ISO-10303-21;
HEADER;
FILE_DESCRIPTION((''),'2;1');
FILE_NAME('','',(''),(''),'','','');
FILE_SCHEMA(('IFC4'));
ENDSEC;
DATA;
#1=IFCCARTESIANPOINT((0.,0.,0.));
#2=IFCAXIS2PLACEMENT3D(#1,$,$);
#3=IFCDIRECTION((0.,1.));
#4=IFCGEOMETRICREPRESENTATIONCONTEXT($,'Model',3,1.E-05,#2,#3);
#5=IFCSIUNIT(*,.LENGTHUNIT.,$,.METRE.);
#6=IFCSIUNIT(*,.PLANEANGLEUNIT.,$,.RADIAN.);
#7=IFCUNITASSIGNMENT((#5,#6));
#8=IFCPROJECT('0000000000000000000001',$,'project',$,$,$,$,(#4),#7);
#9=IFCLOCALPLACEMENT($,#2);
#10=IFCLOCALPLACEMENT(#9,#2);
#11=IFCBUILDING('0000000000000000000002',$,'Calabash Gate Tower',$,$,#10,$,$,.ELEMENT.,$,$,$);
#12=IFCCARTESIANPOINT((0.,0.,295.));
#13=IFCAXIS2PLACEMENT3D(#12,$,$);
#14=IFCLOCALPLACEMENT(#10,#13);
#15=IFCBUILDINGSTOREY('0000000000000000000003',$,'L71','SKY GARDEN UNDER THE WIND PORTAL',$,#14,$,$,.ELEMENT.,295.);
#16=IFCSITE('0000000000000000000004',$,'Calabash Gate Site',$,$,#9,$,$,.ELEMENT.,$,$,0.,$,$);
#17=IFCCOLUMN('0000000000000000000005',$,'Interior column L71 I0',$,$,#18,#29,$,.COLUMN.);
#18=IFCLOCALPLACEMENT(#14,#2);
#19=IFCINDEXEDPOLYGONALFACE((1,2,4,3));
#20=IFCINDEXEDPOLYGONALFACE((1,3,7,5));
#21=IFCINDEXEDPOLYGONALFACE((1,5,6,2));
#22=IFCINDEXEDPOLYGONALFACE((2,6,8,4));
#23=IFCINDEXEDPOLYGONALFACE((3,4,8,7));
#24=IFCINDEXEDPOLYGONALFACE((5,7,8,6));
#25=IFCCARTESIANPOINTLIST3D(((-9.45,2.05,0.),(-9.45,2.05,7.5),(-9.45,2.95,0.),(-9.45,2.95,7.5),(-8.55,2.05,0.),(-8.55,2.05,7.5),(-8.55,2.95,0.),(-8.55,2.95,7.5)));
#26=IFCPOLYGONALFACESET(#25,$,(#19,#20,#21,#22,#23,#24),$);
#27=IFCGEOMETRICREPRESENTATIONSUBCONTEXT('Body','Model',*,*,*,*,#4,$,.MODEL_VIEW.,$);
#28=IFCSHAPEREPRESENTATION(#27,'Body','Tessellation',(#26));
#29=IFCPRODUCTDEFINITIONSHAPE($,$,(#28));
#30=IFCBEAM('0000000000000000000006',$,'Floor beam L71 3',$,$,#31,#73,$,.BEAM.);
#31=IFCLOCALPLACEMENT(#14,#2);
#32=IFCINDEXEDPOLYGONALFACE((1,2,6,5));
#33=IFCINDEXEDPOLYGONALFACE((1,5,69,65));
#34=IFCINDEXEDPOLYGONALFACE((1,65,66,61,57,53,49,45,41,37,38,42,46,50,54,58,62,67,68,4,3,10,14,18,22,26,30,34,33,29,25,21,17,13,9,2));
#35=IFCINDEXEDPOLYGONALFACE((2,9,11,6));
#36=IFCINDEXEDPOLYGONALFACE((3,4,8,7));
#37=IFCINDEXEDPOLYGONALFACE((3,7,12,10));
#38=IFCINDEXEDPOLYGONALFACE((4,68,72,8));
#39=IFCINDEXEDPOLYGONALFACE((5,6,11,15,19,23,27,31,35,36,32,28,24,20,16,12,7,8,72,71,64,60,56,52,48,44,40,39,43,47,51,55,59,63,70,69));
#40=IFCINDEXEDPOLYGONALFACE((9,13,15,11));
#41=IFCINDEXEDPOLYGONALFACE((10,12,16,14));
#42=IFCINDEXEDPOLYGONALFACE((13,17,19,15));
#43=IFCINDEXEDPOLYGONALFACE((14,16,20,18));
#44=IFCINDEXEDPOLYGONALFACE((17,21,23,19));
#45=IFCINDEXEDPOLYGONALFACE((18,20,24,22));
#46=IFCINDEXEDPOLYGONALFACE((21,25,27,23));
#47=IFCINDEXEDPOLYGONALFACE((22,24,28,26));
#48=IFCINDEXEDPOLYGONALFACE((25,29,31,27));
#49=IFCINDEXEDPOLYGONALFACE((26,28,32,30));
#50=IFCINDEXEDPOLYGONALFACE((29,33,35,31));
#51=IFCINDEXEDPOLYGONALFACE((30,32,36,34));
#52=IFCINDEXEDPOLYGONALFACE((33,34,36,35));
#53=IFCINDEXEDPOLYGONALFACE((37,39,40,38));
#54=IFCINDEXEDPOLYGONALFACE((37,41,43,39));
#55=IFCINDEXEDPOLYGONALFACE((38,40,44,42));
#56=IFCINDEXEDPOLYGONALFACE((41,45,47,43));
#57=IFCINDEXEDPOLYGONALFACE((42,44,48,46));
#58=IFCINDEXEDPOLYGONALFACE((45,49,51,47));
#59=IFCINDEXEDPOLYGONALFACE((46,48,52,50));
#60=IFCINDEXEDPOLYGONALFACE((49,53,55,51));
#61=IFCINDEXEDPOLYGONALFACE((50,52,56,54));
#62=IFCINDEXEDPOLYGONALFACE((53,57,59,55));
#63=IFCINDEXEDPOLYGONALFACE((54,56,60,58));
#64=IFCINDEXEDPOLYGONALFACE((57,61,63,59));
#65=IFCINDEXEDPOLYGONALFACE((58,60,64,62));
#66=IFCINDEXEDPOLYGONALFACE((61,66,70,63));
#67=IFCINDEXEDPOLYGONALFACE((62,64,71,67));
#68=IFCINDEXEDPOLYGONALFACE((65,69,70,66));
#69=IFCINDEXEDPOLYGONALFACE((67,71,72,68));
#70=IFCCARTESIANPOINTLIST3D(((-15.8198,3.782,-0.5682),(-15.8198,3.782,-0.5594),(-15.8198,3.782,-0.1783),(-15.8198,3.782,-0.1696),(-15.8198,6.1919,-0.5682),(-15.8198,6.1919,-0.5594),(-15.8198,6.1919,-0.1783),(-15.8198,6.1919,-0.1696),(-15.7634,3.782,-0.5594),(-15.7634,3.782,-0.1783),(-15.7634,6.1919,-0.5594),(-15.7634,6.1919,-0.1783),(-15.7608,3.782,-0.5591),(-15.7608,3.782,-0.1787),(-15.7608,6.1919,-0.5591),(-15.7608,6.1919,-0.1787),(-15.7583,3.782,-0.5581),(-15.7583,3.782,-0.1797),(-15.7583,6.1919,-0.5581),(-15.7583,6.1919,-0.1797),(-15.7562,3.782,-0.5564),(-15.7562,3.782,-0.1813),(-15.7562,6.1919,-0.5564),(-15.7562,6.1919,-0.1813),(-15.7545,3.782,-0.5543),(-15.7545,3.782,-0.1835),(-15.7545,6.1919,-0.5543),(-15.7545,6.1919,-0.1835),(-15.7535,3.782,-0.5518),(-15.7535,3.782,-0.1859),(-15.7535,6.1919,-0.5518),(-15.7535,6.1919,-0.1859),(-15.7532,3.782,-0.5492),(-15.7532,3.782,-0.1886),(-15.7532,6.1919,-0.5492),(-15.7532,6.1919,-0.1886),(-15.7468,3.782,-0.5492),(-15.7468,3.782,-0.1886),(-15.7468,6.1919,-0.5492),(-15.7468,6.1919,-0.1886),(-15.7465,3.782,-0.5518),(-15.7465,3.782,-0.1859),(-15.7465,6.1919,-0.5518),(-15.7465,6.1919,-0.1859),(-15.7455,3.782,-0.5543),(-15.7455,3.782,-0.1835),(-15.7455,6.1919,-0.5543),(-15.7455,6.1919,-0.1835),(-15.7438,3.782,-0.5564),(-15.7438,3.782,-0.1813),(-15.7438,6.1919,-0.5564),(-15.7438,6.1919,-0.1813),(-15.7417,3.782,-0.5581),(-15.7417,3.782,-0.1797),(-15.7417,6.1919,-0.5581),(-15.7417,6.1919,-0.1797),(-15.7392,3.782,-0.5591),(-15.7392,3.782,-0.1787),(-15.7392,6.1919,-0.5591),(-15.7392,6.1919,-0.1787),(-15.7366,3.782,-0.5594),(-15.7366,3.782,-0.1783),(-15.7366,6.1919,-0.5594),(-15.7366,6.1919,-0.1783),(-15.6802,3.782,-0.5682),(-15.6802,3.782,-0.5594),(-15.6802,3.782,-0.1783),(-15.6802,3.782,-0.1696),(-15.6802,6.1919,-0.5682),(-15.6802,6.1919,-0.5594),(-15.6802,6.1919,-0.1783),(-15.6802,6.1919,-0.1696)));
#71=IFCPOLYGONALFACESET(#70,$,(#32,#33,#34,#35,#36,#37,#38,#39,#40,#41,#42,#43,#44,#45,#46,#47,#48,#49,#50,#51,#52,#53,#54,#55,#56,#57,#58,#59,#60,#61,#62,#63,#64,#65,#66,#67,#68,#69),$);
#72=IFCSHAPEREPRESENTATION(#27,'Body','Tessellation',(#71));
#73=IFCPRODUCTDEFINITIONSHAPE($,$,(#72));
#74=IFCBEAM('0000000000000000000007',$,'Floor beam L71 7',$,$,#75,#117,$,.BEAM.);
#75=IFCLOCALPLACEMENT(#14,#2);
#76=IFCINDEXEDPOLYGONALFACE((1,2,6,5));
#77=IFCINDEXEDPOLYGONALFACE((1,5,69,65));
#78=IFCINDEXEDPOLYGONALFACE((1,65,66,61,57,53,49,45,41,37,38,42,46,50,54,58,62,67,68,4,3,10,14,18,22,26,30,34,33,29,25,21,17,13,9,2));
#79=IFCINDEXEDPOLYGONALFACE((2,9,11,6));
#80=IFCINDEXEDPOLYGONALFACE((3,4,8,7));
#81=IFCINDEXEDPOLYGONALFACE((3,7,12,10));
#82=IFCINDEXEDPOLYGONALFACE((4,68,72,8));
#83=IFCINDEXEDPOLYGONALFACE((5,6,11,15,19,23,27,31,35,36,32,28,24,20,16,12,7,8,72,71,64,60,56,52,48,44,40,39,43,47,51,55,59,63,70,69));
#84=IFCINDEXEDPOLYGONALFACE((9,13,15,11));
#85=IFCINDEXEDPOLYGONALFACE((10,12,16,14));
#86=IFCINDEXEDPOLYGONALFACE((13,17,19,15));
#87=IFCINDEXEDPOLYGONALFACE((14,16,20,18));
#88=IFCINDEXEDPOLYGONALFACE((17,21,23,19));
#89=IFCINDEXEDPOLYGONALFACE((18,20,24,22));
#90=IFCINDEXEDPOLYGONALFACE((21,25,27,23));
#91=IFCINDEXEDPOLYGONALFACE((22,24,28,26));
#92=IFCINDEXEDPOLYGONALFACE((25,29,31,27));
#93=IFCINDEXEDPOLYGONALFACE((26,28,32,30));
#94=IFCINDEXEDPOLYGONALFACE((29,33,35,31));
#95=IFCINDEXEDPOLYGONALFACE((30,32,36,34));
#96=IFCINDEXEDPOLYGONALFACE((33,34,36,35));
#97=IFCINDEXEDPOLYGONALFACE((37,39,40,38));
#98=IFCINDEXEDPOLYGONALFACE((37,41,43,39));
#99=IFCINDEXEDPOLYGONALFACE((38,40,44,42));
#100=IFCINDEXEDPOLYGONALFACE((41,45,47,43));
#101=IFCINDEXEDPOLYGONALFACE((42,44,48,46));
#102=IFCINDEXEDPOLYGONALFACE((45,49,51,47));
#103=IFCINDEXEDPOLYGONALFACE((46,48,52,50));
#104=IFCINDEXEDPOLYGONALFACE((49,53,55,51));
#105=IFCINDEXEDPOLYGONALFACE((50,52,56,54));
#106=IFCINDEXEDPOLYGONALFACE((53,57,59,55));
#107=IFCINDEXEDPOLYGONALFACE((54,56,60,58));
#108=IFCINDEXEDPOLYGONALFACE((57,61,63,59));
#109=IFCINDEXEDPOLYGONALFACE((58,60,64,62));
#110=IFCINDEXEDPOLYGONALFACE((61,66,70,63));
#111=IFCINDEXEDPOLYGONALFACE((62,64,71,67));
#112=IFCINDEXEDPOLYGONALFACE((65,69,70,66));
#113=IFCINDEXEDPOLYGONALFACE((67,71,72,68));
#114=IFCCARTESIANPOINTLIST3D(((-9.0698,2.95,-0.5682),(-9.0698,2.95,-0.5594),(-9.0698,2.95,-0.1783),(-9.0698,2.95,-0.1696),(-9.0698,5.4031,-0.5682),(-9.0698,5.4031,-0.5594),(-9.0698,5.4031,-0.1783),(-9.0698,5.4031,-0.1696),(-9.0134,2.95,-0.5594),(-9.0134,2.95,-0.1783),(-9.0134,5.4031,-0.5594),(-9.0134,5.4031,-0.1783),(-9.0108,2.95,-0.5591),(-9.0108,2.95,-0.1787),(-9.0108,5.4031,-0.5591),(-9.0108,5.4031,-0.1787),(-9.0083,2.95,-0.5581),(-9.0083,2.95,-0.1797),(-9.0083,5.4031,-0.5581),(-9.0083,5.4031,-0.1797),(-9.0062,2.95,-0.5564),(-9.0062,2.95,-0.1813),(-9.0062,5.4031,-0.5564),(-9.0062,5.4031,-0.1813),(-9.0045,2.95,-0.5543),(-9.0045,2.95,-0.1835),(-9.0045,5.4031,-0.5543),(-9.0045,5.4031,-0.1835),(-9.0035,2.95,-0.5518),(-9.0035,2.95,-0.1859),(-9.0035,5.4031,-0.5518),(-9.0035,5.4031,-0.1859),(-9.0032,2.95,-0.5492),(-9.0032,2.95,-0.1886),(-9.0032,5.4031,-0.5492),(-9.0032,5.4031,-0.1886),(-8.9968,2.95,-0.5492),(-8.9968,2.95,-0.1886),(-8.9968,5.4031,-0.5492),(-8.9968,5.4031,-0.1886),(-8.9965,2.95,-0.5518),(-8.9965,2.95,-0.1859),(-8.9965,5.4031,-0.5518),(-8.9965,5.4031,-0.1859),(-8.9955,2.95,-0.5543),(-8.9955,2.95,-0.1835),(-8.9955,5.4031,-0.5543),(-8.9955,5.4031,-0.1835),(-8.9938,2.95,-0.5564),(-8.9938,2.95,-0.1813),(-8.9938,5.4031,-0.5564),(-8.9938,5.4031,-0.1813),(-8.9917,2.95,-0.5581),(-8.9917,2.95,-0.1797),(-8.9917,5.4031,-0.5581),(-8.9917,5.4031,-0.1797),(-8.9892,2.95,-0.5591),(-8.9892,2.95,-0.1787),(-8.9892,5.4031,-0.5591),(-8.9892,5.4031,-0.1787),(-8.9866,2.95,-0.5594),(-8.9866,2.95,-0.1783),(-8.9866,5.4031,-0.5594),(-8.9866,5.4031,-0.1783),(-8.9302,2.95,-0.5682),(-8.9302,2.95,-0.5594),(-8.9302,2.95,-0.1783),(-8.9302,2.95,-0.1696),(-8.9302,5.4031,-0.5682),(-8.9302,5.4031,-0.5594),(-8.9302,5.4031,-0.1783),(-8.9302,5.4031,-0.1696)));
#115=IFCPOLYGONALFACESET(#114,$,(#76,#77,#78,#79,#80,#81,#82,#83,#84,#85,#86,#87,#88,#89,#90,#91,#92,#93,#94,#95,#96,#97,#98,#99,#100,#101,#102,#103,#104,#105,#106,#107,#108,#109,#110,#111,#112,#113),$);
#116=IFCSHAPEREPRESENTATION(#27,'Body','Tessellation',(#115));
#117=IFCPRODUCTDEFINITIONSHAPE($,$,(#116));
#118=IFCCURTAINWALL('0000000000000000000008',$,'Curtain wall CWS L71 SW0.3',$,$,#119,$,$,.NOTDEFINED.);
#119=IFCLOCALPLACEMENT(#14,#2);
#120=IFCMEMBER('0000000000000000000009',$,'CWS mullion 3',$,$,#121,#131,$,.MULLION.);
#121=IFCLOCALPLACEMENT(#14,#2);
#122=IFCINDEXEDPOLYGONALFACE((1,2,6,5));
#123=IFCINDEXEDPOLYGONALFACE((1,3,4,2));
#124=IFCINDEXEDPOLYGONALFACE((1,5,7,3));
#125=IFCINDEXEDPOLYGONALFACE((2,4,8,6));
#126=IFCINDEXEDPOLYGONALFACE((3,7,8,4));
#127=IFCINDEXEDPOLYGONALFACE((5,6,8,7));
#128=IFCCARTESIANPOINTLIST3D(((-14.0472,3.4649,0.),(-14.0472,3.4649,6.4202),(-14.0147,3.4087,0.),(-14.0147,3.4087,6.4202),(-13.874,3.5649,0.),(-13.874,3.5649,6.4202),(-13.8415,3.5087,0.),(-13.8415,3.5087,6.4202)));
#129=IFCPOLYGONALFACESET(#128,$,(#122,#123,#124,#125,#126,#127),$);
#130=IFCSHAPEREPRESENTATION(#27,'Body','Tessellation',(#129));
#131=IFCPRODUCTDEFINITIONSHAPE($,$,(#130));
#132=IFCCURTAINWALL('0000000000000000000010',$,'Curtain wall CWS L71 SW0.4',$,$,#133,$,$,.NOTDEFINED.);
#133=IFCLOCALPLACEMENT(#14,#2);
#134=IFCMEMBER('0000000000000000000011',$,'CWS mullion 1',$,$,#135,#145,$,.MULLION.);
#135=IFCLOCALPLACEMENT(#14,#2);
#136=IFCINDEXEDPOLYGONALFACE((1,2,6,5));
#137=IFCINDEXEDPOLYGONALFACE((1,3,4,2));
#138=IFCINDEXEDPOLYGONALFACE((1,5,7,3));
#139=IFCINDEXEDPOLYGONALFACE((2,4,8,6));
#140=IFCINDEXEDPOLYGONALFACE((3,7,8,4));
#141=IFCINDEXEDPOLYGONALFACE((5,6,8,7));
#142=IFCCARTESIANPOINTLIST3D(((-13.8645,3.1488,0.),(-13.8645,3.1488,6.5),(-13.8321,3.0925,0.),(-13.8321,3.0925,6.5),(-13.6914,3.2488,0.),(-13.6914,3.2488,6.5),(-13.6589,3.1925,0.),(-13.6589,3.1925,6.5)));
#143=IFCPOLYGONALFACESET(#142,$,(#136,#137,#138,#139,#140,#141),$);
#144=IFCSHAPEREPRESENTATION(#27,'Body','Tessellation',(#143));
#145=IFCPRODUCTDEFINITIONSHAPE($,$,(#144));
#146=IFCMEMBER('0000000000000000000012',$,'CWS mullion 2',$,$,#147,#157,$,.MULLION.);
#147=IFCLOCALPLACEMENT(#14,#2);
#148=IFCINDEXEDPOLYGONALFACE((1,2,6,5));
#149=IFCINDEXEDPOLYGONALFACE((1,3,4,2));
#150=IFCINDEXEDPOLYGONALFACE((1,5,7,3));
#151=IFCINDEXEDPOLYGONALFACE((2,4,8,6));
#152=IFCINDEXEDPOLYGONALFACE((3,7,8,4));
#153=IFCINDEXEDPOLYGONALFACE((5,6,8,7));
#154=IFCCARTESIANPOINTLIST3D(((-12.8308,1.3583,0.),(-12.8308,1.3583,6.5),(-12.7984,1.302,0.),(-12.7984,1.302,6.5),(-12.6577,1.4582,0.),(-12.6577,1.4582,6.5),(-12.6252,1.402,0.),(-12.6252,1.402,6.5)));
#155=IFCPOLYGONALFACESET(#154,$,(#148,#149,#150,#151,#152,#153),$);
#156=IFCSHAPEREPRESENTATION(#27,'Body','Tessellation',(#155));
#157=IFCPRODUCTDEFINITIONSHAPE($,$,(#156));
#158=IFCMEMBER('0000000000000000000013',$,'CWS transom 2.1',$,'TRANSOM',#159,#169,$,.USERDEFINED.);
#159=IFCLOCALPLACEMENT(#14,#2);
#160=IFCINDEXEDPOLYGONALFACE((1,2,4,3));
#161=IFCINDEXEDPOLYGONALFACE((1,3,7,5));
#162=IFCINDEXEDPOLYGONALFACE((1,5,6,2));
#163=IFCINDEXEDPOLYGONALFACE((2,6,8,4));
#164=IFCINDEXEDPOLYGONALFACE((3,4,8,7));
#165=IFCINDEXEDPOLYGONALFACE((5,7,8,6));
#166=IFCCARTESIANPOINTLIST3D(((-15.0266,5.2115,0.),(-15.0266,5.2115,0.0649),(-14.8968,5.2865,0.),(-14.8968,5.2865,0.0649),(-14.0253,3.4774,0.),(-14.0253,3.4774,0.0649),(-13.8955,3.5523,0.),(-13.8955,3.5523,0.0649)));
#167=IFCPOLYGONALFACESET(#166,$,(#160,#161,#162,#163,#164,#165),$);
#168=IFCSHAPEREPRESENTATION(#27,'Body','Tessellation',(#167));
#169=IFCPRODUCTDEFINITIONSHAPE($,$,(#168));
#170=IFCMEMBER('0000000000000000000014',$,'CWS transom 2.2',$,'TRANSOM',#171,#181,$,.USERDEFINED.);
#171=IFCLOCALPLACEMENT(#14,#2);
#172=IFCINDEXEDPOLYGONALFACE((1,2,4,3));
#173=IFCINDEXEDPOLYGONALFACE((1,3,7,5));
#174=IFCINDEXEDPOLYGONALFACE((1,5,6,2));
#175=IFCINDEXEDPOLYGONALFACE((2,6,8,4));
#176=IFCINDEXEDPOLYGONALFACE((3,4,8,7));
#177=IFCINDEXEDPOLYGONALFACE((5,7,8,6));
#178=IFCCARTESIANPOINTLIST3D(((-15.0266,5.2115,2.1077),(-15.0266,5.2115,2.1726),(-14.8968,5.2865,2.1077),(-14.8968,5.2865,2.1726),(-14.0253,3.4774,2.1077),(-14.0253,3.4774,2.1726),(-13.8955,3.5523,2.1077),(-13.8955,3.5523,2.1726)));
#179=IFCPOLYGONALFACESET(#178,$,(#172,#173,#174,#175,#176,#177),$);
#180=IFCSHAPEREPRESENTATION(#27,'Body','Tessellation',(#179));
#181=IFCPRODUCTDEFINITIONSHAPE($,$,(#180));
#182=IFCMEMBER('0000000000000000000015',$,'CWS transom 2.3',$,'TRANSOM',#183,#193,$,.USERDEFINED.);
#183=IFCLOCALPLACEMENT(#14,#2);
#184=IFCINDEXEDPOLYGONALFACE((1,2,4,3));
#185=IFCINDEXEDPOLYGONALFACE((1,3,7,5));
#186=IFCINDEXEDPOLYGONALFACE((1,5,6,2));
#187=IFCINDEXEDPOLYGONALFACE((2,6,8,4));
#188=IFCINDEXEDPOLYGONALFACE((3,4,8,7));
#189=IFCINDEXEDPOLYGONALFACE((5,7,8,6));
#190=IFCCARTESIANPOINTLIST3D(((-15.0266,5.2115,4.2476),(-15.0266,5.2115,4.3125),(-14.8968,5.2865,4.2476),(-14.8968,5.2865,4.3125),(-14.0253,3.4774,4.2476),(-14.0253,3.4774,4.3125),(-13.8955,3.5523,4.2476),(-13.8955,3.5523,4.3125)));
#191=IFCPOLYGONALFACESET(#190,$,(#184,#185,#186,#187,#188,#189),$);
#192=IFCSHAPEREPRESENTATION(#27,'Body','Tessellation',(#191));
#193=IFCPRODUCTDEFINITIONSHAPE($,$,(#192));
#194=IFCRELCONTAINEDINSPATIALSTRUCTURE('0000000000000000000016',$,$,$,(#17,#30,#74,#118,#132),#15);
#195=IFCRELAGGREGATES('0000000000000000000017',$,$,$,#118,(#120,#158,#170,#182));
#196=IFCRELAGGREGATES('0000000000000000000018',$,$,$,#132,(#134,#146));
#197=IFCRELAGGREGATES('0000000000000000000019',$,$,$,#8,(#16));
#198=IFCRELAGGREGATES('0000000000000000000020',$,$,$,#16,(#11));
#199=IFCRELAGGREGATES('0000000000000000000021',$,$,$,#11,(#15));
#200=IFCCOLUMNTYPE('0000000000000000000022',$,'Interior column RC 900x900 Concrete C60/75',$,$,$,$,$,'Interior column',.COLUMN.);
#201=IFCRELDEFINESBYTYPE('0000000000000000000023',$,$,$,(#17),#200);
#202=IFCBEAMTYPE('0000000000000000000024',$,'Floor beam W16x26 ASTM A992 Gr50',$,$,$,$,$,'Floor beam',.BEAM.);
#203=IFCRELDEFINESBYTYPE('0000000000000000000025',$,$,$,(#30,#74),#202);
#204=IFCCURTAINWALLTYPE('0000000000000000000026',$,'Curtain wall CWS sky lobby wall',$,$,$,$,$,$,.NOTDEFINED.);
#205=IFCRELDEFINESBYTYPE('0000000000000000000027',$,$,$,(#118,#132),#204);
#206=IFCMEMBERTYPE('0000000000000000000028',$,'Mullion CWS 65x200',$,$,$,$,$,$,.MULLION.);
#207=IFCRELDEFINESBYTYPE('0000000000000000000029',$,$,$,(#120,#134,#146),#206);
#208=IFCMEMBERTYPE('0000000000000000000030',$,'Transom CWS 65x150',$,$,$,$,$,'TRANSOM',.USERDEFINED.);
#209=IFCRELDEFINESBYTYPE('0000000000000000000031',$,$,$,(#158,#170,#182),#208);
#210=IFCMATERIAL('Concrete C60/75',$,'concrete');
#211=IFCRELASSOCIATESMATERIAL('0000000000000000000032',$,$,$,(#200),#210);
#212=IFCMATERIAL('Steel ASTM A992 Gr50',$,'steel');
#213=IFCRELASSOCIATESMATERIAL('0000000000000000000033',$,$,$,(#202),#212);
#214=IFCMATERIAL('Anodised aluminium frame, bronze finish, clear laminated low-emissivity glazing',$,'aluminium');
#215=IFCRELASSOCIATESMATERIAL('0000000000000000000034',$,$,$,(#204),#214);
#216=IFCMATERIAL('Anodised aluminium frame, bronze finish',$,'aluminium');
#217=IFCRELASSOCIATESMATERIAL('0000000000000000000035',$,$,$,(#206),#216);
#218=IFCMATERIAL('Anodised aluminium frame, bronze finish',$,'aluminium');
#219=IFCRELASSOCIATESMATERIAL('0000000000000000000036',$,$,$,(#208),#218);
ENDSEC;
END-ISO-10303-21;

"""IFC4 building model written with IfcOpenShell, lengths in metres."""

from ifc_helpers import new_model, si_unit, direction, frame, origin, origin_2d, place, context, subcontext, project, spatial, rectangle, i_section, extrude, material, material_profile, profile_set, type_object, element, aggregate, save


model = new_model("IFC4")

# Units and contexts
model_context = context("Model", 3, precision=1e-05, world=origin(), true_north=direction((0.0, 1.0)))
body_context = subcontext(model_context, "Body", "Model", "MODEL_VIEW")
ifc_project = project(units=[si_unit("LENGTHUNIT", "METRE"), si_unit("PLANEANGLEUNIT", "RADIAN")], contexts=[model_context])

# Site, building, storey
site_placement = place(None, origin())
site = spatial("IfcSite", under=ifc_project, at=site_placement, Name="Calabash Gate Site", CompositionType="ELEMENT", RefElevation=0.0)
building_placement = place(site_placement, origin())
building = spatial("IfcBuilding", under=site, at=building_placement, Name="Calabash Gate Tower", CompositionType="ELEMENT")
storey_placement = place(building_placement, frame((0.0, 0.0, 295.0)))
storey = spatial("IfcBuildingStorey", under=building, at=storey_placement, Name="L71", Description="SKY GARDEN UNDER THE WIND PORTAL", CompositionType="ELEMENT", Elevation=295.0)

# Column
ifc_material_1 = material(Name="Concrete C60/75", Category="concrete")
ifc_material_profile_1 = material_profile(ifc_material_1, rectangle(XDim=0.8999, YDim=0.8999, at=origin_2d()))
ifc_profile_set_1 = profile_set([ifc_material_profile_1], Name="Concrete C60/75")
column_type = type_object("IfcColumnType", Name="Interior column RC 900x900 Concrete C60/75", ElementType="Interior column", PredefinedType="COLUMN", material=ifc_profile_set_1)
column_placement = place(storey_placement, frame((-9.0, 2.5, 0.0), z_axis=(0.0, 0.0, 1.0), x_axis=(1.0, 0.0, 0.0)))
element("IfcColumn", 1, at=column_placement, inside=storey, type_object=column_type, Name="Interior column L71 I0", PredefinedType="COLUMN", context=body_context, shape_type="SweptSolid", body=[
    extrude(rectangle(XDim=0.8999, YDim=0.8999, at=origin_2d()), origin(), (0.0, 0.0, 1.0), 7.5),
])

# Beams
ifc_material_2 = material(Name="Steel ASTM A992 Gr50", Category="steel")
ifc_material_profile_2 = material_profile(ifc_material_2, i_section(OverallWidth=0.1396, OverallDepth=0.3987, WebThickness=0.0063, FlangeThickness=0.0088, FilletRadius=0.0103, at=origin_2d()))
ifc_profile_set_2 = profile_set([ifc_material_profile_2], Name="Steel ASTM A992 Gr50")
beam_type = type_object("IfcBeamType", Name="Floor beam W16x26 ASTM A992 Gr50", ElementType="Floor beam", PredefinedType="BEAM", material=ifc_profile_set_2)
beam_1_placement = place(storey_placement, frame((-15.75, 3.782, -0.3689), z_axis=(0.0, 1.0, 0.0), x_axis=(-1.0, 0.0, 0.0)))
element("IfcBeam", 2, at=beam_1_placement, inside=storey, type_object=beam_type, Name="Floor beam L71 3", PredefinedType="BEAM", context=body_context, shape_type="SweptSolid", body=[
    extrude(i_section(OverallWidth=0.1396, OverallDepth=0.3987, WebThickness=0.0063, FlangeThickness=0.0088, FilletRadius=0.0103, at=origin_2d()), origin(), (0.0, 0.0, 1.0), 2.4099),
])
beam_2_placement = place(storey_placement, frame((-9.0, 2.95, -0.3689), z_axis=(0.0, 1.0, 0.0), x_axis=(-1.0, 0.0, 0.0)))
element("IfcBeam", 3, at=beam_2_placement, inside=storey, type_object=beam_type, Name="Floor beam L71 7", PredefinedType="BEAM", context=body_context, shape_type="SweptSolid", body=[
    extrude(i_section(OverallWidth=0.1396, OverallDepth=0.3987, WebThickness=0.0063, FlangeThickness=0.0088, FilletRadius=0.0103, at=origin_2d()), origin(), (0.0, 0.0, 1.0), 2.4531),
])

# Curtain wall, member
ifc_material_3 = material(Name="Anodised aluminium frame, bronze finish, clear laminated low-emissivity glazing", Category="aluminium")
curtain_wall_type = type_object("IfcCurtainWallType", Name="Curtain wall CWS sky lobby wall", PredefinedType="NOTDEFINED", material=ifc_material_3)
curtain_wall_1_placement = place(storey_placement, origin())
curtain_wall_1 = element("IfcCurtainWall", 4, at=curtain_wall_1_placement, inside=storey, type_object=curtain_wall_type, Name="Curtain wall CWS L71 SW0.3", PredefinedType="NOTDEFINED")
ifc_material_4 = material(Name="Anodised aluminium frame, bronze finish", Category="aluminium")
ifc_material_profile_3 = material_profile(ifc_material_4, rectangle(XDim=0.2, YDim=0.0649, at=origin_2d()))
ifc_profile_set_3 = profile_set([ifc_material_profile_3], Name="Anodised aluminium frame, bronze finish")
member_type_1 = type_object("IfcMemberType", Name="Mullion CWS 65x200", PredefinedType="MULLION", material=ifc_profile_set_3)
member_1_placement = place(storey_placement, frame((-13.9443, 3.4868, 0.0), z_axis=(0.0, 0.0, 1.0), x_axis=(0.866025, 0.5, 0.0)))
member_1 = element("IfcMember", 5, at=member_1_placement, type_object=member_type_1, Name="CWS mullion 3", PredefinedType="MULLION", context=body_context, shape_type="SweptSolid", body=[
    extrude(rectangle(XDim=0.2, YDim=0.0649, at=origin_2d()), origin(), (0.0, 0.0, 1.0), 6.4202),
])

# Curtain wall, members
curtain_wall_2_placement = place(storey_placement, origin())
curtain_wall_2 = element("IfcCurtainWall", 6, at=curtain_wall_2_placement, inside=storey, type_object=curtain_wall_type, Name="Curtain wall CWS L71 SW0.4", PredefinedType="NOTDEFINED")
member_2_placement = place(storey_placement, frame((-13.7617, 3.1707, 0.0), z_axis=(0.0, 0.0, 1.0), x_axis=(0.866025, 0.5, 0.0)))
member_2 = element("IfcMember", 7, at=member_2_placement, type_object=member_type_1, Name="CWS mullion 1", PredefinedType="MULLION", context=body_context, shape_type="SweptSolid", body=[
    extrude(rectangle(XDim=0.2, YDim=0.0649, at=origin_2d()), origin(), (0.0, 0.0, 1.0), 6.5),
])
member_3_placement = place(storey_placement, frame((-12.728, 1.3801, 0.0), z_axis=(0.0, 0.0, 1.0), x_axis=(0.866025, 0.5, 0.0)))
member_3 = element("IfcMember", 8, at=member_3_placement, type_object=member_type_1, Name="CWS mullion 2", PredefinedType="MULLION", context=body_context, shape_type="SweptSolid", body=[
    extrude(rectangle(XDim=0.2, YDim=0.0649, at=origin_2d()), origin(), (0.0, 0.0, 1.0), 6.5),
])

# Members
ifc_material_5 = material(Name="Anodised aluminium frame, bronze finish", Category="aluminium")
ifc_material_profile_4 = material_profile(ifc_material_5, rectangle(XDim=0.1499, YDim=0.0649, at=origin_2d()))
ifc_profile_set_4 = profile_set([ifc_material_profile_4], Name="Anodised aluminium frame, bronze finish")
member_type_2 = type_object("IfcMemberType", Name="Transom CWS 65x150", ElementType="TRANSOM", PredefinedType="USERDEFINED", material=ifc_profile_set_4)
member_4_placement = place(storey_placement, frame((-14.9617, 5.249, 0.0325), z_axis=(0.500007, -0.866021, 0.0), x_axis=(0.866021, 0.500007, 0.0)))
member_4 = element("IfcMember", 9, at=member_4_placement, type_object=member_type_2, Name="CWS transom 2.1", ObjectType="TRANSOM", PredefinedType="USERDEFINED", context=body_context, shape_type="SweptSolid", body=[
    extrude(rectangle(XDim=0.1499, YDim=0.0649, at=origin_2d()), origin(), (0.0, 0.0, 1.0), 2.0024),
])
member_5_placement = place(storey_placement, frame((-14.9617, 5.249, 2.1401), z_axis=(0.500007, -0.866021, 0.0), x_axis=(0.866021, 0.500007, 0.0)))
member_5 = element("IfcMember", 10, at=member_5_placement, type_object=member_type_2, Name="CWS transom 2.2", ObjectType="TRANSOM", PredefinedType="USERDEFINED", context=body_context, shape_type="SweptSolid", body=[
    extrude(rectangle(XDim=0.1499, YDim=0.0649, at=origin_2d()), origin(), (0.0, 0.0, 1.0), 2.0024),
])
member_6_placement = place(storey_placement, frame((-14.9617, 5.249, 4.28), z_axis=(0.500007, -0.866021, 0.0), x_axis=(0.866021, 0.500007, 0.0)))
member_6 = element("IfcMember", 11, at=member_6_placement, type_object=member_type_2, Name="CWS transom 2.3", ObjectType="TRANSOM", PredefinedType="USERDEFINED", context=body_context, shape_type="SweptSolid", body=[
    extrude(rectangle(XDim=0.1499, YDim=0.0649, at=origin_2d()), origin(), (0.0, 0.0, 1.0), 2.0024),
])

aggregate(curtain_wall_1, [member_1, member_4, member_5, member_6])
aggregate(curtain_wall_2, [member_2, member_3])

save(model, "model.ifc")
